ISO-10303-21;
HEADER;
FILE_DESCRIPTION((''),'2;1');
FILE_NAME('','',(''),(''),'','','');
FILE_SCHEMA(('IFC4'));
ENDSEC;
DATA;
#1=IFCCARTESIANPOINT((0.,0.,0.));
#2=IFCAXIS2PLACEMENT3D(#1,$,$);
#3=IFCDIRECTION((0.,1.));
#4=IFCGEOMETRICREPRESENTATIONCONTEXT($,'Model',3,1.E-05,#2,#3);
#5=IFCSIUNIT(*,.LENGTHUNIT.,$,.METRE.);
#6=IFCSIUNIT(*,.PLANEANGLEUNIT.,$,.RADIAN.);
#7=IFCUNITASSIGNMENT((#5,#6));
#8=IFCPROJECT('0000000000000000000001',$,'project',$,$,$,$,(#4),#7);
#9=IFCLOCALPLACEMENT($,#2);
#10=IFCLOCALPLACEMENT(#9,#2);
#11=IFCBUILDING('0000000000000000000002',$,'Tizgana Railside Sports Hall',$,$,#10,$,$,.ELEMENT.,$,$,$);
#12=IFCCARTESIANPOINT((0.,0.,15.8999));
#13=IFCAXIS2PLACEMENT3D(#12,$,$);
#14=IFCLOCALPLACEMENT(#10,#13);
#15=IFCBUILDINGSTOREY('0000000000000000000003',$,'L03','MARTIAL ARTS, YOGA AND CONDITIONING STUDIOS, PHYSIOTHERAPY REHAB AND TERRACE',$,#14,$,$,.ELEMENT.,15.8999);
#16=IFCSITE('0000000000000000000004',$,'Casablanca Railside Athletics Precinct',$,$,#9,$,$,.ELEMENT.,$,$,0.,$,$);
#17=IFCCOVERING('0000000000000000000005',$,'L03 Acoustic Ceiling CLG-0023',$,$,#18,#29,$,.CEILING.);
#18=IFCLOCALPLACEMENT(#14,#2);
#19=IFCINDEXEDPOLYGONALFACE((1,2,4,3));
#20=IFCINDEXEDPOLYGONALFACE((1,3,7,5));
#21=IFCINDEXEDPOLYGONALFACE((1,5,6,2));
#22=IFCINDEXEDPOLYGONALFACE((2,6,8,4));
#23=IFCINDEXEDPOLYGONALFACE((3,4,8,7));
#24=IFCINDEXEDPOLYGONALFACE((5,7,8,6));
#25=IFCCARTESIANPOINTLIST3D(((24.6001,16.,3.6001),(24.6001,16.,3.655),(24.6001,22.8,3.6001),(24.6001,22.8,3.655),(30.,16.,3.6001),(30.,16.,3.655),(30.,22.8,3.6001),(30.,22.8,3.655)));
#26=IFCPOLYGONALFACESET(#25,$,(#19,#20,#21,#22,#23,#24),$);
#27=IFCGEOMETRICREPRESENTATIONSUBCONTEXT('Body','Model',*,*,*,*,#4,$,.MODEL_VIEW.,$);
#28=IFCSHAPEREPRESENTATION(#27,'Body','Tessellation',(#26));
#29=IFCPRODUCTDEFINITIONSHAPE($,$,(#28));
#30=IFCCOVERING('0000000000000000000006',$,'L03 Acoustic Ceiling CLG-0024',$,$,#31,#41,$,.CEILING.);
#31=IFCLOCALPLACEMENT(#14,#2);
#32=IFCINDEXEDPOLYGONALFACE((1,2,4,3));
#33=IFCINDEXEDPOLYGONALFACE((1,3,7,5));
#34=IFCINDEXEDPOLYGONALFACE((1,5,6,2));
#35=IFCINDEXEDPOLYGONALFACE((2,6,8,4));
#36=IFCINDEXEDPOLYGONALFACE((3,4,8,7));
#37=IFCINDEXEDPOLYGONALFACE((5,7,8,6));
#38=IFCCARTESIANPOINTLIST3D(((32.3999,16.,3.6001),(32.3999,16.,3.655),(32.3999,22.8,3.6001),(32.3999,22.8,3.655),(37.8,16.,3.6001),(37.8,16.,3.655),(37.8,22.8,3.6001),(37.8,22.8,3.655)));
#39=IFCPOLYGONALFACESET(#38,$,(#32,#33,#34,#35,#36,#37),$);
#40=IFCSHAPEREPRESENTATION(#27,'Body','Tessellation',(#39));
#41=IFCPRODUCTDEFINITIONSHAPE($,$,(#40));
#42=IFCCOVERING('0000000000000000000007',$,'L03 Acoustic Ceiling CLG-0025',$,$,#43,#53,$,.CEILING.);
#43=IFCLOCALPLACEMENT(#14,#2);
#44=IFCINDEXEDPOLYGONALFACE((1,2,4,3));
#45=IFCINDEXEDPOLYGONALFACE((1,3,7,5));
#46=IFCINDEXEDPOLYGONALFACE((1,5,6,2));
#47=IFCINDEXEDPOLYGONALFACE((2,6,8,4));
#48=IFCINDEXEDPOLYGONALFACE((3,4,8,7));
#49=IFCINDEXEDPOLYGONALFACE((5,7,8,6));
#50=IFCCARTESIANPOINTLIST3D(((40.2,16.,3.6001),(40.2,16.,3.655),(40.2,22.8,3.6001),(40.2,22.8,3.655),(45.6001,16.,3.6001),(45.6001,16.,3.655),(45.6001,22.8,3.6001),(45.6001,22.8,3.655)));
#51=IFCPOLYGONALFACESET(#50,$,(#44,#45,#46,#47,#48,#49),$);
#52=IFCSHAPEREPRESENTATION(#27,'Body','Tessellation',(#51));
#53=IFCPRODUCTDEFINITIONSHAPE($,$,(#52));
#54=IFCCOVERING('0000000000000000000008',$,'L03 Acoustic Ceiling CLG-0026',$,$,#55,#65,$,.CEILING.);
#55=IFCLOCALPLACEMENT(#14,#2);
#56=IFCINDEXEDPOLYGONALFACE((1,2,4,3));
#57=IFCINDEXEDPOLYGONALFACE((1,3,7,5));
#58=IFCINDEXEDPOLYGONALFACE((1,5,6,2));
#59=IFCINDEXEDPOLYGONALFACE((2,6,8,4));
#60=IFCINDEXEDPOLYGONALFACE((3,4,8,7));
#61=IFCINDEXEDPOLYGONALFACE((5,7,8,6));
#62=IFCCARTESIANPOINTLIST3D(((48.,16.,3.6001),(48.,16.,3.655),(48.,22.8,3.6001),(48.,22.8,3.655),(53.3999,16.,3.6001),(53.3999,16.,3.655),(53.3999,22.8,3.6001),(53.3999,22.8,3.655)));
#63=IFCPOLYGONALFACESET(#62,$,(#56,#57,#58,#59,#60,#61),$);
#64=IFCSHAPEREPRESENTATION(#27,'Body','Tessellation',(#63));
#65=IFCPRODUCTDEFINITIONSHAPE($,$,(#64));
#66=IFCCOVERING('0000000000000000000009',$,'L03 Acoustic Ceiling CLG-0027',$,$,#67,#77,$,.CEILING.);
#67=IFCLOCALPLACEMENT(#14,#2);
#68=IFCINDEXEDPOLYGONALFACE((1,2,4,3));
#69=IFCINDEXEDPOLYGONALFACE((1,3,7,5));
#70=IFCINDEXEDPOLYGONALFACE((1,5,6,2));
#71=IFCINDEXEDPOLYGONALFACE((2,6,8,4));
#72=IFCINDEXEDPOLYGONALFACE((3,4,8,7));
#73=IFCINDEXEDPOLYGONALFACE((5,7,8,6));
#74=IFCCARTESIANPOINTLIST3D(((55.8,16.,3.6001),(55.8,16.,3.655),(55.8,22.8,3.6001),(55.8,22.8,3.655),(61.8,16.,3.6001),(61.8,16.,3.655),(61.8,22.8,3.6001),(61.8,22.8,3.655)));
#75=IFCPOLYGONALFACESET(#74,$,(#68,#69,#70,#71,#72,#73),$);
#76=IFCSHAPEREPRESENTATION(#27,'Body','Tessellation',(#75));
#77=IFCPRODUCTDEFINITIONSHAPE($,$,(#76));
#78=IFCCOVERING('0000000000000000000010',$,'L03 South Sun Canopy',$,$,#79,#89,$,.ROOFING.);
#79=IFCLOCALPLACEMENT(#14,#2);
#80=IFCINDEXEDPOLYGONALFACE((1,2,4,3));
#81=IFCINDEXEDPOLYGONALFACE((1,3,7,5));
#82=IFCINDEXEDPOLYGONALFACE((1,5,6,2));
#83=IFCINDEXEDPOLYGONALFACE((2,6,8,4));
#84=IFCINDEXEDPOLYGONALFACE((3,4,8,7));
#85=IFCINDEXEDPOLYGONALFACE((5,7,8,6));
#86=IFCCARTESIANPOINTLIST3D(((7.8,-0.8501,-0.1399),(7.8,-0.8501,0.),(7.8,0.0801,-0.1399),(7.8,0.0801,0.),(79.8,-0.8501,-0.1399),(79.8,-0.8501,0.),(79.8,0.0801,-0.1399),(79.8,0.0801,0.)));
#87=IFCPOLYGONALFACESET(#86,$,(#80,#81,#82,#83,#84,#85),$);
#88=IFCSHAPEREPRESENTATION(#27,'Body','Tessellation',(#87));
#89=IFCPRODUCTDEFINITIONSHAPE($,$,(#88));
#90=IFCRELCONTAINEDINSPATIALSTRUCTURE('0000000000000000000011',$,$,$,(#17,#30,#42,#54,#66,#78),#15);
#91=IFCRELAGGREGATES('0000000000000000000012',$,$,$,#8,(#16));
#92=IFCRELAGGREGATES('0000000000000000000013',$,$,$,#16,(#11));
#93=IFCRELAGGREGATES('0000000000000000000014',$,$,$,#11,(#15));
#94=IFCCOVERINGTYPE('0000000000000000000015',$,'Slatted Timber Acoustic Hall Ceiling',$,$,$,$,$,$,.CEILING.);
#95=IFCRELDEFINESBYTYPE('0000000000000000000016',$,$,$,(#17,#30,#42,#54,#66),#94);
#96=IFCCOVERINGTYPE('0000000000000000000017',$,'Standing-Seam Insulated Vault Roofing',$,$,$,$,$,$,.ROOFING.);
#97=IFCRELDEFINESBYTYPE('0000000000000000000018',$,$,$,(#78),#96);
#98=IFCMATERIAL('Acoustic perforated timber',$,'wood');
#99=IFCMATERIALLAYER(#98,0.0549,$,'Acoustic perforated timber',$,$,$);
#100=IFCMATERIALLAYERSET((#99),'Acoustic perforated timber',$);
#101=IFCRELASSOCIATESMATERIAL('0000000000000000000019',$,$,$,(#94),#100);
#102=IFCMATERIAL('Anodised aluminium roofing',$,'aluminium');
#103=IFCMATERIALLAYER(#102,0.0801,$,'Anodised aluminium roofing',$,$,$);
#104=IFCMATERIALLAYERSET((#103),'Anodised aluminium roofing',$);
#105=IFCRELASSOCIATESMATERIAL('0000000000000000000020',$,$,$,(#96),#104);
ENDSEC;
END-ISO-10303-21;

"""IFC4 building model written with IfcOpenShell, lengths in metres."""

from ifc_helpers import new_model, si_unit, direction, frame, origin, place, context, subcontext, project, spatial, polyline, outline, extrude, material, layer, layer_set, type_object, element, save


model = new_model("IFC4")

# Units and contexts
model_context = context("Model", 3, precision=1e-05, world=origin(), true_north=direction((0.0, 1.0)))
body_context = subcontext(model_context, "Body", "Model", "MODEL_VIEW")
ifc_project = project(units=[si_unit("LENGTHUNIT", "METRE"), si_unit("PLANEANGLEUNIT", "RADIAN")], contexts=[model_context])

# Site, building, storey
site_placement = place(None, origin())
site = spatial("IfcSite", under=ifc_project, at=site_placement, Name="Casablanca Railside Athletics Precinct", CompositionType="ELEMENT", RefElevation=0.0)
building_placement = place(site_placement, origin())
building = spatial("IfcBuilding", under=site, at=building_placement, Name="Tizgana Railside Sports Hall", CompositionType="ELEMENT")
storey_placement = place(building_placement, frame((0.0, 0.0, 15.8999)))
storey = spatial("IfcBuildingStorey", under=building, at=storey_placement, Name="L03", Description="MARTIAL ARTS, YOGA AND CONDITIONING STUDIOS, PHYSIOTHERAPY REHAB AND TERRACE", CompositionType="ELEMENT", Elevation=15.8999)

# Coverings
ifc_material_1 = material(Name="Acoustic perforated timber", Category="wood")
ifc_layer_1 = layer(ifc_material_1, 0.0549, Name="Acoustic perforated timber")
ifc_layer_set_1 = layer_set([ifc_layer_1], Name="Acoustic perforated timber")
covering_type_1 = type_object("IfcCoveringType", Name="Slatted Timber Acoustic Hall Ceiling", PredefinedType="CEILING", material=ifc_layer_set_1)
covering_1_placement = place(storey_placement, frame((0.0, 0.0, 3.6001)))
element("IfcCovering", 1, at=covering_1_placement, inside=storey, type_object=covering_type_1, Name="L03 Acoustic Ceiling CLG-0023", PredefinedType="CEILING", context=body_context, shape_type="SweptSolid", body=[
    extrude(outline(polyline([(24.6001, 16.0), (30.0, 16.0), (30.0, 22.8), (24.6001, 22.8), (24.6001, 16.0)])), origin(), (0.0, 0.0, 1.0), 0.0549),
])
covering_2_placement = place(storey_placement, frame((0.0, 0.0, 3.6001)))
element("IfcCovering", 2, at=covering_2_placement, inside=storey, type_object=covering_type_1, Name="L03 Acoustic Ceiling CLG-0024", PredefinedType="CEILING", context=body_context, shape_type="SweptSolid", body=[
    extrude(outline(polyline([(32.3999, 16.0), (37.8, 16.0), (37.8, 22.8), (32.3999, 22.8), (32.3999, 16.0)])), origin(), (0.0, 0.0, 1.0), 0.0549),
])
covering_3_placement = place(storey_placement, frame((0.0, 0.0, 3.6001)))
element("IfcCovering", 3, at=covering_3_placement, inside=storey, type_object=covering_type_1, Name="L03 Acoustic Ceiling CLG-0025", PredefinedType="CEILING", context=body_context, shape_type="SweptSolid", body=[
    extrude(outline(polyline([(40.2, 16.0), (45.6001, 16.0), (45.6001, 22.8), (40.2, 22.8), (40.2, 16.0)])), origin(), (0.0, 0.0, 1.0), 0.0549),
])
covering_4_placement = place(storey_placement, frame((0.0, 0.0, 3.6001)))
element("IfcCovering", 4, at=covering_4_placement, inside=storey, type_object=covering_type_1, Name="L03 Acoustic Ceiling CLG-0026", PredefinedType="CEILING", context=body_context, shape_type="SweptSolid", body=[
    extrude(outline(polyline([(48.0, 16.0), (53.3999, 16.0), (53.3999, 22.8), (48.0, 22.8), (48.0, 16.0)])), origin(), (0.0, 0.0, 1.0), 0.0549),
])
covering_5_placement = place(storey_placement, frame((0.0, 0.0, 3.6001)))
element("IfcCovering", 5, at=covering_5_placement, inside=storey, type_object=covering_type_1, Name="L03 Acoustic Ceiling CLG-0027", PredefinedType="CEILING", context=body_context, shape_type="SweptSolid", body=[
    extrude(outline(polyline([(55.8, 16.0), (61.8, 16.0), (61.8, 22.8), (55.8, 22.8), (55.8, 16.0)])), origin(), (0.0, 0.0, 1.0), 0.0549),
])
ifc_material_2 = material(Name="Anodised aluminium roofing", Category="aluminium")
ifc_layer_2 = layer(ifc_material_2, 0.0801, Name="Anodised aluminium roofing")
ifc_layer_set_2 = layer_set([ifc_layer_2], Name="Anodised aluminium roofing")
covering_type_2 = type_object("IfcCoveringType", Name="Standing-Seam Insulated Vault Roofing", PredefinedType="ROOFING", material=ifc_layer_set_2)
covering_6_placement = place(storey_placement, frame((0.0, 0.0, -0.1399)))
element("IfcCovering", 6, at=covering_6_placement, inside=storey, type_object=covering_type_2, Name="L03 South Sun Canopy", PredefinedType="ROOFING", context=body_context, shape_type="SweptSolid", body=[
    extrude(outline(polyline([(7.8, -0.8501), (79.8, -0.8501), (79.8, 0.0801), (7.8, 0.0801), (7.8, -0.8501)])), origin(), (0.0, 0.0, 1.0), 0.1399),
])

save(model, "model.ifc")
